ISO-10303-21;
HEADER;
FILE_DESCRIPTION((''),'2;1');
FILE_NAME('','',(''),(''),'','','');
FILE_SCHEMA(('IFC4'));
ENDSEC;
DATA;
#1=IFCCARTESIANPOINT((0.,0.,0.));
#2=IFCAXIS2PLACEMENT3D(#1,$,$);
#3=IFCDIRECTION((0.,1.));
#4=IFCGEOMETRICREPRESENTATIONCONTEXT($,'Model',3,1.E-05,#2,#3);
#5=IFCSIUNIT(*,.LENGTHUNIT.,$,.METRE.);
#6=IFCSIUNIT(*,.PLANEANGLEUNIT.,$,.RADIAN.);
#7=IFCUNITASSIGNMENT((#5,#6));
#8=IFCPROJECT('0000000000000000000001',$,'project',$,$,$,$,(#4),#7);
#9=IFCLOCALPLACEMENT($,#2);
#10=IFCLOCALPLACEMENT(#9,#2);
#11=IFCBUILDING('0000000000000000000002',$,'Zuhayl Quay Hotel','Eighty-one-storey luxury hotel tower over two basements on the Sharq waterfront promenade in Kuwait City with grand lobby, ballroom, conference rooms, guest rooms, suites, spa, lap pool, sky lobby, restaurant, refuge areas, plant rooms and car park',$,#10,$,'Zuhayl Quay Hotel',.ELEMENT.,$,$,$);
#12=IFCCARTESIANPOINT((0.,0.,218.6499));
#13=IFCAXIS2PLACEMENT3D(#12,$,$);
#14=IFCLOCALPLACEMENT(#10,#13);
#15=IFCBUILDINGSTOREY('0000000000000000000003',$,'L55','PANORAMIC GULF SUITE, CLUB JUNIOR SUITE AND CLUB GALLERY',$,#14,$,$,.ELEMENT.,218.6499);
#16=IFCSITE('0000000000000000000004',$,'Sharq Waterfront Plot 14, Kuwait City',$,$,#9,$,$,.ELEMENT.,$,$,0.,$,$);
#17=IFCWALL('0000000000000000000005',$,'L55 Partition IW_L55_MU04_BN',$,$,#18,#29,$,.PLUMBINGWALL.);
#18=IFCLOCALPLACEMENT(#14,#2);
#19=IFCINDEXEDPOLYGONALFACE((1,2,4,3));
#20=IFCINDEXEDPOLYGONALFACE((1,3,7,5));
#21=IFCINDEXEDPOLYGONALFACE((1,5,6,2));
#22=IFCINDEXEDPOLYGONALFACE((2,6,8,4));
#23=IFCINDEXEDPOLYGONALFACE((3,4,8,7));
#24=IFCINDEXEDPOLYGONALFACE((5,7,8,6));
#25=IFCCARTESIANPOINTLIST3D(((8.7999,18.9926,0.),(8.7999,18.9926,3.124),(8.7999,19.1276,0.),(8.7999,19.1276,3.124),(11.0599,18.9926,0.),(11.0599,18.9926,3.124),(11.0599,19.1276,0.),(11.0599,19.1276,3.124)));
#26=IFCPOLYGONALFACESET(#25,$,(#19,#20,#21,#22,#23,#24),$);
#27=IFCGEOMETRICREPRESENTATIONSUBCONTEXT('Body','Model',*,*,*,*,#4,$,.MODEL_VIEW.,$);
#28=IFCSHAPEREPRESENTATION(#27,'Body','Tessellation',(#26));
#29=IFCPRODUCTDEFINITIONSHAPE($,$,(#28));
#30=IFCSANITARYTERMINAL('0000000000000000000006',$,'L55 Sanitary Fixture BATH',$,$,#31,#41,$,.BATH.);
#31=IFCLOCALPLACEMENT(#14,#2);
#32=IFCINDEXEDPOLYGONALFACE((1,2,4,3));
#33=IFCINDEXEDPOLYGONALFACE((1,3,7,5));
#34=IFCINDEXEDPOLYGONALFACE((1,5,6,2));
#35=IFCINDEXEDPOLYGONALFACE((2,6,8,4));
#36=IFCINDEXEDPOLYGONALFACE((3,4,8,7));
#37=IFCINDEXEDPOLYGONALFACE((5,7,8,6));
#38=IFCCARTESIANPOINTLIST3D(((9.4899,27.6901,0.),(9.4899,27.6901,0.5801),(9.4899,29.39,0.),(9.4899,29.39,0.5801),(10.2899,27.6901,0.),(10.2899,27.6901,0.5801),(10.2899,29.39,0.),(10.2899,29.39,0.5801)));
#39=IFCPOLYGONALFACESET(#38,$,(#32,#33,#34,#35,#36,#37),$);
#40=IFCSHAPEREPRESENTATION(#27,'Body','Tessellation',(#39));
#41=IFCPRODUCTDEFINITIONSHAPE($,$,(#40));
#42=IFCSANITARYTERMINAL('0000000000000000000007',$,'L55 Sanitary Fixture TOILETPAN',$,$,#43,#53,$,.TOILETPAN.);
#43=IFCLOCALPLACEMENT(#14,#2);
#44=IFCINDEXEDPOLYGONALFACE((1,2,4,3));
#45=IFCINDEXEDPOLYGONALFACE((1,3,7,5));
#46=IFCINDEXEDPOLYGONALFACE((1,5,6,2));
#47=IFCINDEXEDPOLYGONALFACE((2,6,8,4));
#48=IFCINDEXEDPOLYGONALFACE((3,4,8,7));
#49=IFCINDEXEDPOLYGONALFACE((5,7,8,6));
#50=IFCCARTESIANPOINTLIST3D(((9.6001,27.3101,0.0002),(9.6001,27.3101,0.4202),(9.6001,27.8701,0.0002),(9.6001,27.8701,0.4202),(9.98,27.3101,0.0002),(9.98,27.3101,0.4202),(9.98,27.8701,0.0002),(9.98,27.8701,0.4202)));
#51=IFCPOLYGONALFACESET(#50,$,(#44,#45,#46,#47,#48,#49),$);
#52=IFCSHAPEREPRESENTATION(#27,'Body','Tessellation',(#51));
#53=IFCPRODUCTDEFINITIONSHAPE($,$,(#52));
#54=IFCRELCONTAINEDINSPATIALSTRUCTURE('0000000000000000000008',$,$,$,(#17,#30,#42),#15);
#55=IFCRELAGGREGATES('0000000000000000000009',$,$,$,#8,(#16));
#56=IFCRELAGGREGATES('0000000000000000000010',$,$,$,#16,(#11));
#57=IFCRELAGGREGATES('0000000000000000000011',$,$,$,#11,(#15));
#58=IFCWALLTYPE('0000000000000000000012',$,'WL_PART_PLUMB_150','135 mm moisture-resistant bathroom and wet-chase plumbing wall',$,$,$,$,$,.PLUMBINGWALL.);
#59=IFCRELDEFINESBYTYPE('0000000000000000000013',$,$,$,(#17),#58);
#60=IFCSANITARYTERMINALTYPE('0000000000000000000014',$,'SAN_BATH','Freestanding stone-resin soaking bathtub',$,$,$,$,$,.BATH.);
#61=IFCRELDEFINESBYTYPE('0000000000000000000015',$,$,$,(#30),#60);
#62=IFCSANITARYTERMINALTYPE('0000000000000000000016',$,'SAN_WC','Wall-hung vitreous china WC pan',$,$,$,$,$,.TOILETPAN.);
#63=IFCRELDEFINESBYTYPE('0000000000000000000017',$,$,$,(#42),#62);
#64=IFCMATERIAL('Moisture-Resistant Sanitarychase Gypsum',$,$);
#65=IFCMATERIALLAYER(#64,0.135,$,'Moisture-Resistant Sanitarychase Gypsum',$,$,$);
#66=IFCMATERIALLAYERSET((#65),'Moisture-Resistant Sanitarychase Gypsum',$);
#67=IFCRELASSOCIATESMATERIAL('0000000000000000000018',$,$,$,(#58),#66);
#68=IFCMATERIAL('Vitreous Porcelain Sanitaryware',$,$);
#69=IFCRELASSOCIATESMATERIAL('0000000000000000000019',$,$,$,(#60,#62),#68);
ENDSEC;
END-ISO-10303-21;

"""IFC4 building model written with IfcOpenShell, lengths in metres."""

from ifc_helpers import new_model, si_unit, direction, frame, frame_2d, origin, origin_2d, place, context, subcontext, project, spatial, rectangle, extrude, material, layer, layer_set, type_object, element, save


model = new_model("IFC4")

# Units and contexts
model_context = context("Model", 3, precision=1e-05, world=origin(), true_north=direction((0.0, 1.0)))
body_context = subcontext(model_context, "Body", "Model", "MODEL_VIEW")
ifc_project = project(units=[si_unit("LENGTHUNIT", "METRE"), si_unit("PLANEANGLEUNIT", "RADIAN")], contexts=[model_context])

# Site, building, storey
site_placement = place(None, origin())
site = spatial("IfcSite", under=ifc_project, at=site_placement, Name="Sharq Waterfront Plot 14, Kuwait City", CompositionType="ELEMENT", RefElevation=0.0)
building_placement = place(site_placement, origin())
building = spatial("IfcBuilding", under=site, at=building_placement, Name="Zuhayl Quay Hotel", Description="Eighty-one-storey luxury hotel tower over two basements on the Sharq waterfront promenade in Kuwait City with grand lobby, ballroom, conference rooms, guest rooms, suites, spa, lap pool, sky lobby, restaurant, refuge areas, plant rooms and car park", LongName="Zuhayl Quay Hotel", CompositionType="ELEMENT")
storey_placement = place(building_placement, frame((0.0, 0.0, 218.6499)))
storey = spatial("IfcBuildingStorey", under=building, at=storey_placement, Name="L55", Description="PANORAMIC GULF SUITE, CLUB JUNIOR SUITE AND CLUB GALLERY", CompositionType="ELEMENT", Elevation=218.6499)

# Wall
ifc_material_1 = material(Name="Moisture-Resistant Sanitarychase Gypsum")
ifc_layer_1 = layer(ifc_material_1, 0.135, Name="Moisture-Resistant Sanitarychase Gypsum")
ifc_layer_set_1 = layer_set([ifc_layer_1], Name="Moisture-Resistant Sanitarychase Gypsum")
wall_type_1 = type_object("IfcWallType", Name="WL_PART_PLUMB_150", Description="135 mm moisture-resistant bathroom and wet-chase plumbing wall", PredefinedType="PLUMBINGWALL", material=ifc_layer_set_1)
wall_1_placement = place(storey_placement, frame((8.8, 19.0601, 0.0), z_axis=(0.0, 0.0, 1.0), x_axis=(1.0, 0.0, 0.0)))
element("IfcWall", 1, at=wall_1_placement, inside=storey, type_object=wall_type_1, Name="L55 Partition IW_L55_MU04_BN", PredefinedType="PLUMBINGWALL", context=body_context, shape_type="SweptSolid", body=[
    extrude(rectangle(XDim=2.26, YDim=0.135, at=frame_2d((1.1299, 0.0))), origin(), (0.0, 0.0, 1.0), 3.124),
])

# Sanitary terminals
ifc_material_2 = material(Name="Vitreous Porcelain Sanitaryware")
sanitary_terminal_type_1 = type_object("IfcSanitaryTerminalType", Name="SAN_BATH", Description="Freestanding stone-resin soaking bathtub", PredefinedType="BATH", material=ifc_material_2)
sanitary_terminal_1_placement = place(storey_placement, frame((9.8899, 28.54, 0.0), z_axis=(0.0, 0.0, 1.0), x_axis=(1.0, 0.0, 0.0)))
element("IfcSanitaryTerminal", 2, at=sanitary_terminal_1_placement, inside=storey, type_object=sanitary_terminal_type_1, Name="L55 Sanitary Fixture BATH", PredefinedType="BATH", context=body_context, shape_type="SweptSolid", body=[
    extrude(rectangle(XDim=0.8, YDim=1.7, at=origin_2d()), origin(), (0.0, 0.0, 1.0), 0.5801),
])
sanitary_terminal_type_2 = type_object("IfcSanitaryTerminalType", Name="SAN_WC", Description="Wall-hung vitreous china WC pan", PredefinedType="TOILETPAN", material=ifc_material_2)
sanitary_terminal_2_placement = place(storey_placement, frame((9.79, 27.5901, 0.0002), z_axis=(0.0, 0.0, 1.0), x_axis=(1.0, 0.0, 0.0)))
element("IfcSanitaryTerminal", 3, at=sanitary_terminal_2_placement, inside=storey, type_object=sanitary_terminal_type_2, Name="L55 Sanitary Fixture TOILETPAN", PredefinedType="TOILETPAN", context=body_context, shape_type="SweptSolid", body=[
    extrude(rectangle(XDim=0.3799, YDim=0.5601, at=origin_2d()), origin(), (0.0, 0.0, 1.0), 0.4199),
])

save(model, "model.ifc")
